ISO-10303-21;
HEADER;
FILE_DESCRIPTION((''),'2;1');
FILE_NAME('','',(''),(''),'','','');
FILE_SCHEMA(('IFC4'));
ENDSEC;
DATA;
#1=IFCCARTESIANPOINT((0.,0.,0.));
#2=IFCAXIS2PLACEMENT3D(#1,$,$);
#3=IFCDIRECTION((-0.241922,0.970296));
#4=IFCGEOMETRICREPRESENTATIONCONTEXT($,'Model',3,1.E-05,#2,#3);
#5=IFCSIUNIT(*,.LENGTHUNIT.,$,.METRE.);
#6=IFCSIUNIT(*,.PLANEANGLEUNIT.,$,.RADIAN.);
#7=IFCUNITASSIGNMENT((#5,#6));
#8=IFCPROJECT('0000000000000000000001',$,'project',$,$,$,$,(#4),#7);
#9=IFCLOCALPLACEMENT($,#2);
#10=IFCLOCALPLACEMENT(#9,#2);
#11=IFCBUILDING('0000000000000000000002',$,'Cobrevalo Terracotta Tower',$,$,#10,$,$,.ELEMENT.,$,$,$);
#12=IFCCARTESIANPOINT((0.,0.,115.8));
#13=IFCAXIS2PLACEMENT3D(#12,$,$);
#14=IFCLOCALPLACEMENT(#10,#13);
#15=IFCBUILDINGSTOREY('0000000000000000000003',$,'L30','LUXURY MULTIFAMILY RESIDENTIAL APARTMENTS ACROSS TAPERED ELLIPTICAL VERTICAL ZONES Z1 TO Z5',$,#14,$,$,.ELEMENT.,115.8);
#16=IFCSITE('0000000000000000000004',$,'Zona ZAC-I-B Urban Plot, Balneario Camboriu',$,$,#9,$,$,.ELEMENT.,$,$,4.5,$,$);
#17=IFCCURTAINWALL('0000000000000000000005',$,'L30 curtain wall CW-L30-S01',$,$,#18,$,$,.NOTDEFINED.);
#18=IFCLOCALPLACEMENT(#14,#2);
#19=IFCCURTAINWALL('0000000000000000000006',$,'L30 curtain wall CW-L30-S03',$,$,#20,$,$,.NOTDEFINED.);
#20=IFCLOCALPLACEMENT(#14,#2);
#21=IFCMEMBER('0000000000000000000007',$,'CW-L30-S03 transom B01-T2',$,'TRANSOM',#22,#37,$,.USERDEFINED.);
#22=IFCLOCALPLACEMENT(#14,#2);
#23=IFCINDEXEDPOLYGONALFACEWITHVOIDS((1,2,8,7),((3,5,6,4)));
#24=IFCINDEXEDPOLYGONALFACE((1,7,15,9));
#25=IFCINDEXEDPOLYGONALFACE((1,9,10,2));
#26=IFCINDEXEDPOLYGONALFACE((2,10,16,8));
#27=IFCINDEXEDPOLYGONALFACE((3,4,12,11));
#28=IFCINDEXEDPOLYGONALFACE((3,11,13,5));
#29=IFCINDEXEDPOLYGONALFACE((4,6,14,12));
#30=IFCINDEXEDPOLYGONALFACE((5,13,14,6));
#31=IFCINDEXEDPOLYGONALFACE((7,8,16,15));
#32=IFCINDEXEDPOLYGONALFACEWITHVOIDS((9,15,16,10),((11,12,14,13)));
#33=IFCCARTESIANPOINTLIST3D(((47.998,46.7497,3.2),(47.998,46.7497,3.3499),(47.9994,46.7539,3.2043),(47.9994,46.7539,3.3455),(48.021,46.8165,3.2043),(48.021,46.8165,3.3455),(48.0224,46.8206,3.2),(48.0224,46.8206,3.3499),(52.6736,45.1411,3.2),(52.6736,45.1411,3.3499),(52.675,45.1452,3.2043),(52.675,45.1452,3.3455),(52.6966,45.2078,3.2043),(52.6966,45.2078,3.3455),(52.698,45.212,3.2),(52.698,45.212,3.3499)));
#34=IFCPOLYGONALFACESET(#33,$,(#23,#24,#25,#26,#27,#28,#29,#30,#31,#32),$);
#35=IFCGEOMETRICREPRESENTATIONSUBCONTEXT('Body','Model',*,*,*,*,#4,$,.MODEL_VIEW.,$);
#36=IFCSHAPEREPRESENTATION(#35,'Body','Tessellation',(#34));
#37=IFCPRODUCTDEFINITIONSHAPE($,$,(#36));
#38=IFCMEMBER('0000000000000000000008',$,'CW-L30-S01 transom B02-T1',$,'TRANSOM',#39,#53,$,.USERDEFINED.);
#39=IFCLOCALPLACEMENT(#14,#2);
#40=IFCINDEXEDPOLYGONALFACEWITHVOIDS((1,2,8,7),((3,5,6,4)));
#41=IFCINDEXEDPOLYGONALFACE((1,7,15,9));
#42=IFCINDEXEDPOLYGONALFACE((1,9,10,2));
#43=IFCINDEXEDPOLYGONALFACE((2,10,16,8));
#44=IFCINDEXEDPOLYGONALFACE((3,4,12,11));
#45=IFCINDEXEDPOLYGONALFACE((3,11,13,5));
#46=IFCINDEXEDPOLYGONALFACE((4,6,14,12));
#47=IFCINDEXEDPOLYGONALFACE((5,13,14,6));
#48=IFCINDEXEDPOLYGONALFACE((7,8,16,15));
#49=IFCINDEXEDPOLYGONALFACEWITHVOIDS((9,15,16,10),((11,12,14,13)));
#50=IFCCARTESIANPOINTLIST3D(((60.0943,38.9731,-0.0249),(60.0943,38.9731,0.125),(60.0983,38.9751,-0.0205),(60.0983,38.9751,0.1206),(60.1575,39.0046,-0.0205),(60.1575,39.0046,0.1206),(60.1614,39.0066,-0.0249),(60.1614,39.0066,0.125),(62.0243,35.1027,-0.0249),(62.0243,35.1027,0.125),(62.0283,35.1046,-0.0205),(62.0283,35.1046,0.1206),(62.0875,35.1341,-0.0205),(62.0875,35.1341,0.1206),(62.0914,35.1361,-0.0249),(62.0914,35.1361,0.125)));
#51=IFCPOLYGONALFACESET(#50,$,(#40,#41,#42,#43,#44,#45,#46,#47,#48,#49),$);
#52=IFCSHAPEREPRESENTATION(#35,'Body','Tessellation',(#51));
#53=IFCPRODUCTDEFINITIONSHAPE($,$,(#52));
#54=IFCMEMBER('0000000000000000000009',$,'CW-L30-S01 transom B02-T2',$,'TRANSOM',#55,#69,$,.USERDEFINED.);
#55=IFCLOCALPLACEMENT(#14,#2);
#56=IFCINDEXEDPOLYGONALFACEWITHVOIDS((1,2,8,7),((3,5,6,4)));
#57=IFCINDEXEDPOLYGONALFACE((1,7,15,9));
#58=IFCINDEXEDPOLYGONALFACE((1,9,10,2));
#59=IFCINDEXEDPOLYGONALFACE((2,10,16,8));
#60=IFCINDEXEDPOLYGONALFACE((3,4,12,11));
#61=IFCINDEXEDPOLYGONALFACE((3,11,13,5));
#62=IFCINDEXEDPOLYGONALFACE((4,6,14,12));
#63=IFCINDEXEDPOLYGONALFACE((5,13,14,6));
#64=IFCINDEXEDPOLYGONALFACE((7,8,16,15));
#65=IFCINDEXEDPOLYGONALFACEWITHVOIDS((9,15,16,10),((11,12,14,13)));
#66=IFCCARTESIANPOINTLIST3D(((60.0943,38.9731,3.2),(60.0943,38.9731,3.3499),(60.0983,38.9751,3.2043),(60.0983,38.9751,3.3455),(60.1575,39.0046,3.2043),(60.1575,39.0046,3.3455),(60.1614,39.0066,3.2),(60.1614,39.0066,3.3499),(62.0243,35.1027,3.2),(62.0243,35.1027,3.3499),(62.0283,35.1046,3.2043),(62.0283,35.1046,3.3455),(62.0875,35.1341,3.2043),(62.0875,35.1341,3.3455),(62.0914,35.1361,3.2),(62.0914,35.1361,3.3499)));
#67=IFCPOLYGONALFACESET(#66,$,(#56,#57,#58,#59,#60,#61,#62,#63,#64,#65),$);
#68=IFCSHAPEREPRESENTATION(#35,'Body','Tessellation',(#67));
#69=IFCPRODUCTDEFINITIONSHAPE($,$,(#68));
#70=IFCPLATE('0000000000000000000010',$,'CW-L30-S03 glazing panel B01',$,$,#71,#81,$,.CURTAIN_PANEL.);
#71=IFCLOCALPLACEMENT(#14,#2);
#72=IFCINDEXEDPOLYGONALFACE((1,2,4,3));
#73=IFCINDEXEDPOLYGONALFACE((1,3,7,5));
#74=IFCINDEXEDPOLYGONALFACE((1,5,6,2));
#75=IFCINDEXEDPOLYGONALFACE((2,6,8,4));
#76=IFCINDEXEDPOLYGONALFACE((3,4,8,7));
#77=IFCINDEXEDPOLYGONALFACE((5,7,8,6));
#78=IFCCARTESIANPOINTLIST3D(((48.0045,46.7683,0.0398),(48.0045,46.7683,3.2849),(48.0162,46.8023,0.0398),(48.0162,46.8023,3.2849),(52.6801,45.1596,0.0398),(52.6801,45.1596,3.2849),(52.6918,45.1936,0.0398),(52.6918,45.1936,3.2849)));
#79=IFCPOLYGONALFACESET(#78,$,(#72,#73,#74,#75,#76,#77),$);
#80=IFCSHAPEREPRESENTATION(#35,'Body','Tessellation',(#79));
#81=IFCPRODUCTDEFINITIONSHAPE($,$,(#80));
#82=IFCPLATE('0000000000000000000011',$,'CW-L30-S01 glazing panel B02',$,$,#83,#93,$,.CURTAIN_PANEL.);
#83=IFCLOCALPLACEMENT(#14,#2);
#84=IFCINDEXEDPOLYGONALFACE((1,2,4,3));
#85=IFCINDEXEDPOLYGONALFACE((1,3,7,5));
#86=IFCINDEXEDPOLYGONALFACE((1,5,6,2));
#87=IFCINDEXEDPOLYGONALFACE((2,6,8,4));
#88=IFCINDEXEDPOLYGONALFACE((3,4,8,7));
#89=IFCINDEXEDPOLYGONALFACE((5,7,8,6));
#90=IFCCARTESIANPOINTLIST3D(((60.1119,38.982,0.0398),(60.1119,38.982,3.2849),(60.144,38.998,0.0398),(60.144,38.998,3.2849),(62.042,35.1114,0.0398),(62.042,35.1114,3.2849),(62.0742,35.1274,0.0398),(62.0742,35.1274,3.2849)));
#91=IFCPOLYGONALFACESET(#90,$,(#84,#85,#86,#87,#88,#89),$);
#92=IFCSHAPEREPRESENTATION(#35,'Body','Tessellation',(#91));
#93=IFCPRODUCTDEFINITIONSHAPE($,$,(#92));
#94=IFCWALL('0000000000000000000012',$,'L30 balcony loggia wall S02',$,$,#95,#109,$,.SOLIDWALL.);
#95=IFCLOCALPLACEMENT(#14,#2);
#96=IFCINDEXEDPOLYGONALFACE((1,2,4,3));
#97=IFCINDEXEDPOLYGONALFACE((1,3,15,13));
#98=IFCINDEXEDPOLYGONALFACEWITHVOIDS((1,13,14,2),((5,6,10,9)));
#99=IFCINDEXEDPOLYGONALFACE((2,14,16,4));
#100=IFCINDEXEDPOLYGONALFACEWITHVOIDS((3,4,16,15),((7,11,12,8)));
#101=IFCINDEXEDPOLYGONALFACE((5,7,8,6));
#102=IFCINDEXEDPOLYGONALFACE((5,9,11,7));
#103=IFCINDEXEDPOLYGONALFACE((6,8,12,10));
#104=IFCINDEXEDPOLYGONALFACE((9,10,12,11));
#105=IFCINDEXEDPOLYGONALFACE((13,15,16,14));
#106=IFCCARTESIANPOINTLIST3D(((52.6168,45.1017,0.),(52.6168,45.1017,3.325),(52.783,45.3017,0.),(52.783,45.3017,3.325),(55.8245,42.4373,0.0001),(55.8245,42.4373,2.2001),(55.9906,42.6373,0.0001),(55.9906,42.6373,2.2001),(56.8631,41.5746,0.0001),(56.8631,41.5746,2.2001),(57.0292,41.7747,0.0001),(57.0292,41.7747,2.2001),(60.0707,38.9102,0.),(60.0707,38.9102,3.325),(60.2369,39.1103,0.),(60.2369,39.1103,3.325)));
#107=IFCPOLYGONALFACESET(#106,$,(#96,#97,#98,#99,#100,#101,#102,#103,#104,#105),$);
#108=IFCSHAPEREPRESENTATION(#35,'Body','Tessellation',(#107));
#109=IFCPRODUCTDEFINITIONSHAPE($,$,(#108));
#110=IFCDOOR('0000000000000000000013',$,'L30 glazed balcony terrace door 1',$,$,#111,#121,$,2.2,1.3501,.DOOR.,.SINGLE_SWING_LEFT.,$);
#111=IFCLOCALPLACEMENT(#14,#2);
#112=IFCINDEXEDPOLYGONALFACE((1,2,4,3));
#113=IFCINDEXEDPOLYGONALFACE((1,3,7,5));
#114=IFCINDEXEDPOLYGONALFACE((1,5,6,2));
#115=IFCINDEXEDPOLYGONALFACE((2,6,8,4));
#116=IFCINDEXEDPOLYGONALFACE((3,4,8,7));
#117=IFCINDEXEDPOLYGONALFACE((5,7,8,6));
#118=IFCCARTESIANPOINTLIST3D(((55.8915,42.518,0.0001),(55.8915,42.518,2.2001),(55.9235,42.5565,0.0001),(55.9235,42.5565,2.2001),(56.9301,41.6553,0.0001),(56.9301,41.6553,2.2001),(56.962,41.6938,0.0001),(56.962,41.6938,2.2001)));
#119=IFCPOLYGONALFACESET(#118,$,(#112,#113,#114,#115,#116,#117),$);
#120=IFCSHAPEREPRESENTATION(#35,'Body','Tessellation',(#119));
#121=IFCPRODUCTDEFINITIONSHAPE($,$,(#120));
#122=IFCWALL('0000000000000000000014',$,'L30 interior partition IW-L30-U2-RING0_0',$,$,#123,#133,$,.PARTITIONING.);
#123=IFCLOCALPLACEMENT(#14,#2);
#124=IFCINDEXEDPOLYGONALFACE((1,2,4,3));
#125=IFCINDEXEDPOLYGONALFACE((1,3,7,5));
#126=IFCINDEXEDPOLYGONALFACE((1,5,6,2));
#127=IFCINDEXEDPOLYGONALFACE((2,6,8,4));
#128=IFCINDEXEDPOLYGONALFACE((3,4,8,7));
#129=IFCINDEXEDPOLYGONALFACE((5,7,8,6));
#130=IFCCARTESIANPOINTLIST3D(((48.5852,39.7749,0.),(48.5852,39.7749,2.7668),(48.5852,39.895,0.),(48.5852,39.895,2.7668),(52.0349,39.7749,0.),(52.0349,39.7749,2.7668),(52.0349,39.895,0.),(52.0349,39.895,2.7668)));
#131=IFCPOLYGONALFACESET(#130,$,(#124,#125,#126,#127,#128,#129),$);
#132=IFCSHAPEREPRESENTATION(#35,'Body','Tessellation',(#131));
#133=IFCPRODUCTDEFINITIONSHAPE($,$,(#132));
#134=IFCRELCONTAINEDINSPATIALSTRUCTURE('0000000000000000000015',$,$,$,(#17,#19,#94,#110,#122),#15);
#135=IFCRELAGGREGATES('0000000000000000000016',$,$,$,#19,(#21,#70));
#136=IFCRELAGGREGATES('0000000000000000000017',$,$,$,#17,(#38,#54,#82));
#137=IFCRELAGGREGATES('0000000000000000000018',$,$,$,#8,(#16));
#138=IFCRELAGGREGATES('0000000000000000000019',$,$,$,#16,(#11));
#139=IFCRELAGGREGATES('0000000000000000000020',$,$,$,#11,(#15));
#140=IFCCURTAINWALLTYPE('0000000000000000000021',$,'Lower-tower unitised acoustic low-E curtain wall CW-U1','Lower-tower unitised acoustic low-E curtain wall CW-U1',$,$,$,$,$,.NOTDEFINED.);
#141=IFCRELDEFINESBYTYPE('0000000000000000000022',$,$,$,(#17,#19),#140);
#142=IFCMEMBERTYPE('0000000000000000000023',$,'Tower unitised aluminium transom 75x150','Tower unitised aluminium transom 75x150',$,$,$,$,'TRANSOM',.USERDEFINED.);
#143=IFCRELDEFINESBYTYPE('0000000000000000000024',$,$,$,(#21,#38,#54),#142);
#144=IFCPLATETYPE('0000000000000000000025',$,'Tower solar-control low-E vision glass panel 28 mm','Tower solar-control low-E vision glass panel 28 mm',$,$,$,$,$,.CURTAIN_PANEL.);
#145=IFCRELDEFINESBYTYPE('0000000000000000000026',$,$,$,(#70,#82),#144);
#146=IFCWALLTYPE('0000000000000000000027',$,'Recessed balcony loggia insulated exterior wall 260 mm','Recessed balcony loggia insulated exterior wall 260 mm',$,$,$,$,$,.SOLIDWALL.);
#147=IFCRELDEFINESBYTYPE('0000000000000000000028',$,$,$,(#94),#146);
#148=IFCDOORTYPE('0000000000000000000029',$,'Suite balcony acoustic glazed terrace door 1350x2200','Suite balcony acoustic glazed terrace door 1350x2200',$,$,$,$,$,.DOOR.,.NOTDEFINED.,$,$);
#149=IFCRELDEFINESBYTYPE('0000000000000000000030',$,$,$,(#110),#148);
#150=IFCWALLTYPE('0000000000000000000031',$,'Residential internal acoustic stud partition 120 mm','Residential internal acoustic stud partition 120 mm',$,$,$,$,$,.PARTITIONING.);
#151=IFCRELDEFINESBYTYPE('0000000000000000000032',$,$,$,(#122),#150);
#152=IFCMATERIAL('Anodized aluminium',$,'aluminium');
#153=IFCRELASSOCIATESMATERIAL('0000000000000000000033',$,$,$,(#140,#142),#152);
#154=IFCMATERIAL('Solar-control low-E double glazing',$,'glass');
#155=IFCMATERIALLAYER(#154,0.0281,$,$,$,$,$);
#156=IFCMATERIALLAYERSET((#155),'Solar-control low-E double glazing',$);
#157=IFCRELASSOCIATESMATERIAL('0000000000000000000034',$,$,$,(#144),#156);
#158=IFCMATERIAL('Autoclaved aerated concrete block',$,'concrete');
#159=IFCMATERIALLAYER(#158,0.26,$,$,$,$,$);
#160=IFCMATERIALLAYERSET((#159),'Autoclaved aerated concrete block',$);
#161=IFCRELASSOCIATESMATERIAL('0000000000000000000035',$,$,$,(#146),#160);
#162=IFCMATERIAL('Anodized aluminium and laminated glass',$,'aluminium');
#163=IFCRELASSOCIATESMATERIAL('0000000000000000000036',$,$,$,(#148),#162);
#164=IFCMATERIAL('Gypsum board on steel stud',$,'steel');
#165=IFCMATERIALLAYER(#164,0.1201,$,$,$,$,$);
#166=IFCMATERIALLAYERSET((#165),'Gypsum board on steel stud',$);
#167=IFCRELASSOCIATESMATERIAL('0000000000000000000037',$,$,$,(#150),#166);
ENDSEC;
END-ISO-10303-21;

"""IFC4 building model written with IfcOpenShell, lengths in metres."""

from ifc_helpers import new_model, si_unit, direction, frame, frame_2d, origin, origin_2d, place, context, subcontext, project, spatial, rectangle, hollow_rectangle, extrude, source, transform, mapped, material, layer, layer_set, material_profile, profile_set, type_object, element, fill, aggregate, save


model = new_model("IFC4")

# Units and contexts
model_context = context("Model", 3, precision=1e-05, world=origin(), true_north=direction((-0.241922, 0.970296)))
body_context = subcontext(model_context, "Body", "Model", "MODEL_VIEW")
ifc_project = project(units=[si_unit("LENGTHUNIT", "METRE"), si_unit("PLANEANGLEUNIT", "RADIAN")], contexts=[model_context])

# Site, building, storey
site_placement = place(None, origin())
site = spatial("IfcSite", under=ifc_project, at=site_placement, Name="Zona ZAC-I-B Urban Plot, Balneario Camboriu", CompositionType="ELEMENT", RefElevation=4.5)
building_placement = place(site_placement, origin())
building = spatial("IfcBuilding", under=site, at=building_placement, Name="Cobrevalo Terracotta Tower", CompositionType="ELEMENT")
storey_placement = place(building_placement, frame((0.0, 0.0, 115.8)))
storey = spatial("IfcBuildingStorey", under=building, at=storey_placement, Name="L30", Description="LUXURY MULTIFAMILY RESIDENTIAL APARTMENTS ACROSS TAPERED ELLIPTICAL VERTICAL ZONES Z1 TO Z5", CompositionType="ELEMENT", Elevation=115.8)

# Curtain wall
ifc_material_1 = material(Name="Anodized aluminium", Category="aluminium")
curtain_wall_type = type_object("IfcCurtainWallType", Name="Lower-tower unitised acoustic low-E curtain wall CW-U1", Description="Lower-tower unitised acoustic low-E curtain wall CW-U1", PredefinedType="NOTDEFINED", material=ifc_material_1)
curtain_wall_1_placement = place(storey_placement, origin())
curtain_wall_1 = element("IfcCurtainWall", 1, at=curtain_wall_1_placement, inside=storey, type_object=curtain_wall_type, Name="L30 curtain wall CW-L30-S01", PredefinedType="NOTDEFINED")

# Curtain wall, member
curtain_wall_2_placement = place(storey_placement, origin())
curtain_wall_2 = element("IfcCurtainWall", 2, at=curtain_wall_2_placement, inside=storey, type_object=curtain_wall_type, Name="L30 curtain wall CW-L30-S03", PredefinedType="NOTDEFINED")
ifc_material_profile_1 = material_profile(ifc_material_1, hollow_rectangle(XDim=0.075, YDim=0.1499, WallThickness=0.0044, at=origin_2d()), Name="CWT 75x150")
ifc_profile_set_1 = profile_set([ifc_material_profile_1], Name="Anodized aluminium")
member_type_1 = type_object("IfcMemberType", Name="Tower unitised aluminium transom 75x150", Description="Tower unitised aluminium transom 75x150", ElementType="TRANSOM", PredefinedType="USERDEFINED", material=ifc_profile_set_1)
shared_shape_1 = source(origin(), body_context, "Body", "SweptSolid", [
    extrude(hollow_rectangle(XDim=0.075, YDim=0.1499, WallThickness=0.0044, at=origin_2d()), origin(), (0.0, 0.0, 1.0), 4.9446),
])
member_1_placement = place(storey_placement, frame((52.6858, 45.1765, 3.2749), z_axis=(-0.945598, 0.325338, 0.0), x_axis=(-0.325338, -0.945598, 0.0)))
member_1 = element("IfcMember", 3, at=member_1_placement, type_object=member_type_1, Name="CW-L30-S03 transom B01-T2", ObjectType="TRANSOM", PredefinedType="USERDEFINED", context=body_context, shape_type="MappedRepresentation", body=[
    mapped(shared_shape_1, transform((0.0, 0.0, 0.0), scale=1.0)),
])

# Members
shared_shape_2 = source(origin(), body_context, "Body", "SweptSolid", [
    extrude(hollow_rectangle(XDim=0.075, YDim=0.1499, WallThickness=0.0044, at=origin_2d()), origin(), (0.0, 0.0, 1.0), 4.325),
])
member_2_placement = place(storey_placement, frame((62.0579, 35.1194, 0.05), z_axis=(-0.446242, 0.894912, 0.0), x_axis=(-0.894912, -0.446242, 0.0)))
member_2 = element("IfcMember", 4, at=member_2_placement, type_object=member_type_1, Name="CW-L30-S01 transom B02-T1", ObjectType="TRANSOM", PredefinedType="USERDEFINED", context=body_context, shape_type="MappedRepresentation", body=[
    mapped(shared_shape_2, transform((0.0, 0.0, 0.0), scale=1.0)),
])
member_3_placement = place(storey_placement, frame((62.0579, 35.1194, 3.2749), z_axis=(-0.446242, 0.894912, 0.0), x_axis=(-0.894912, -0.446242, 0.0)))
member_3 = element("IfcMember", 5, at=member_3_placement, type_object=member_type_1, Name="CW-L30-S01 transom B02-T2", ObjectType="TRANSOM", PredefinedType="USERDEFINED", context=body_context, shape_type="MappedRepresentation", body=[
    mapped(shared_shape_2, transform((0.0, 0.0, 0.0), scale=1.0)),
])

# Plates
ifc_material_2 = material(Name="Solar-control low-E double glazing", Category="glass")
ifc_layer_1 = layer(ifc_material_2, 0.0281)
ifc_layer_set_1 = layer_set([ifc_layer_1], Name="Solar-control low-E double glazing")
plate_type = type_object("IfcPlateType", Name="Tower solar-control low-E vision glass panel 28 mm", Description="Tower solar-control low-E vision glass panel 28 mm", PredefinedType="CURTAIN_PANEL", material=ifc_layer_set_1)
shared_shape_3 = source(origin(), body_context, "Body", "SweptSolid", [
    extrude(rectangle(XDim=4.9446, YDim=0.0359, at=origin_2d()), origin(), (0.0, 0.0, 1.0), 3.2451),
])
plate_1_placement = place(storey_placement, frame((50.3481, 45.981, 0.0398), z_axis=(0.0, 0.0, 1.0), x_axis=(-0.945596, 0.325342, 0.0)))
plate_1 = element("IfcPlate", 6, at=plate_1_placement, type_object=plate_type, Name="CW-L30-S03 glazing panel B01", PredefinedType="CURTAIN_PANEL", context=body_context, shape_type="MappedRepresentation", body=[
    mapped(shared_shape_3, transform((0.0, 0.0, 0.0), scale=1.0)),
])
aggregate(curtain_wall_2, [member_1, plate_1])
shared_shape_4 = source(origin(), body_context, "Body", "SweptSolid", [
    extrude(rectangle(XDim=4.3252, YDim=0.0359, at=origin_2d()), origin(), (0.0, 0.0, 1.0), 3.2451),
])
plate_2_placement = place(storey_placement, frame((61.093, 37.0547, 0.0398), z_axis=(0.0, 0.0, 1.0), x_axis=(-0.446262, 0.894902, 0.0)))
plate_2 = element("IfcPlate", 7, at=plate_2_placement, type_object=plate_type, Name="CW-L30-S01 glazing panel B02", PredefinedType="CURTAIN_PANEL", context=body_context, shape_type="MappedRepresentation", body=[
    mapped(shared_shape_4, transform((0.0, 0.0, 0.0), scale=1.0)),
])
aggregate(curtain_wall_1, [member_2, member_3, plate_2])

# Wall, opening, door
ifc_material_3 = material(Name="Autoclaved aerated concrete block", Category="concrete")
ifc_layer_2 = layer(ifc_material_3, 0.26)
ifc_layer_set_2 = layer_set([ifc_layer_2], Name="Autoclaved aerated concrete block")
wall_type_1 = type_object("IfcWallType", Name="Recessed balcony loggia insulated exterior wall 260 mm", Description="Recessed balcony loggia insulated exterior wall 260 mm", PredefinedType="SOLIDWALL", material=ifc_layer_set_2)
wall_1_placement = place(storey_placement, frame((60.1538, 39.0103, 0.0), z_axis=(0.0, 0.0, 1.0), x_axis=(-0.769243, 0.638957, 0.0)))
wall_1 = element("IfcWall", 8, at=wall_1_placement, inside=storey, type_object=wall_type_1, Name="L30 balcony loggia wall S02", PredefinedType="SOLIDWALL", context=body_context, shape_type="SweptSolid", body=[
    extrude(rectangle(XDim=9.6899, YDim=0.26, at=frame_2d((4.845, 0.0))), origin(), (0.0, 0.0, 1.0), 3.325),
])
opening_1_placement = place(wall_1_placement, frame((4.1699, 0.0, 0.0)))
opening_1 = element("IfcOpeningElement", 9, at=opening_1_placement, cuts=wall_1, PredefinedType="OPENING", context=body_context, shape_type="SweptSolid", body=[
    extrude(rectangle(XDim=1.3501, YDim=2.2, at=frame_2d((0.675, 1.1001))), frame((0.0, 0.1401, 0.0), z_axis=(0.0, -1.0, 0.0), x_axis=(1.0, 0.0, 0.0)), (0.0, 0.0, 1.0), 0.28),
])
ifc_material_4 = material(Name="Anodized aluminium and laminated glass", Category="aluminium")
door_type_1 = type_object("IfcDoorType", Name="Suite balcony acoustic glazed terrace door 1350x2200", Description="Suite balcony acoustic glazed terrace door 1350x2200", OperationType="NOTDEFINED", PredefinedType="DOOR", material=ifc_material_4)
shared_shape_5 = source(origin(), body_context, "Body", "SweptSolid", [
    extrude(rectangle(XDim=1.3501, YDim=2.2, at=frame_2d((0.675, 1.1001))), frame((0.0, 0.0249, 0.0), z_axis=(0.0, -1.0, 0.0), x_axis=(1.0, 0.0, 0.0)), (0.0, 0.0, 1.0), 0.05),
])
door_1_placement = place(opening_1_placement, frame((1.3501, 0.0, 0.0), z_axis=(0.0, 0.0, 1.0), x_axis=(-1.0, 0.0, 0.0)))
door_1 = element("IfcDoor", 10, at=door_1_placement, inside=storey, type_object=door_type_1, Name="L30 glazed balcony terrace door 1", OperationType="SINGLE_SWING_LEFT", OverallHeight=2.2, OverallWidth=1.3501, PredefinedType="DOOR", context=body_context, shape_type="MappedRepresentation", body=[
    mapped(shared_shape_5, transform((0.0, 0.0, 0.0), scale=1.0)),
])
fill(opening_1, door_1)

# Wall
ifc_material_5 = material(Name="Gypsum board on steel stud", Category="steel")
ifc_layer_3 = layer(ifc_material_5, 0.1201)
ifc_layer_set_3 = layer_set([ifc_layer_3], Name="Gypsum board on steel stud")
wall_type_2 = type_object("IfcWallType", Name="Residential internal acoustic stud partition 120 mm", Description="Residential internal acoustic stud partition 120 mm", PredefinedType="PARTITIONING", material=ifc_layer_set_3)
wall_2_placement = place(storey_placement, frame((48.5852, 39.835, 0.0), z_axis=(0.0, 0.0, 1.0), x_axis=(1.0, 0.0, 0.0)))
element("IfcWall", 11, at=wall_2_placement, inside=storey, type_object=wall_type_2, Name="L30 interior partition IW-L30-U2-RING0_0", PredefinedType="PARTITIONING", context=body_context, shape_type="SweptSolid", body=[
    extrude(rectangle(XDim=3.4497, YDim=0.1201, at=frame_2d((1.7249, 0.0))), origin(), (0.0, 0.0, 1.0), 2.7668),
])

save(model, "model.ifc")
